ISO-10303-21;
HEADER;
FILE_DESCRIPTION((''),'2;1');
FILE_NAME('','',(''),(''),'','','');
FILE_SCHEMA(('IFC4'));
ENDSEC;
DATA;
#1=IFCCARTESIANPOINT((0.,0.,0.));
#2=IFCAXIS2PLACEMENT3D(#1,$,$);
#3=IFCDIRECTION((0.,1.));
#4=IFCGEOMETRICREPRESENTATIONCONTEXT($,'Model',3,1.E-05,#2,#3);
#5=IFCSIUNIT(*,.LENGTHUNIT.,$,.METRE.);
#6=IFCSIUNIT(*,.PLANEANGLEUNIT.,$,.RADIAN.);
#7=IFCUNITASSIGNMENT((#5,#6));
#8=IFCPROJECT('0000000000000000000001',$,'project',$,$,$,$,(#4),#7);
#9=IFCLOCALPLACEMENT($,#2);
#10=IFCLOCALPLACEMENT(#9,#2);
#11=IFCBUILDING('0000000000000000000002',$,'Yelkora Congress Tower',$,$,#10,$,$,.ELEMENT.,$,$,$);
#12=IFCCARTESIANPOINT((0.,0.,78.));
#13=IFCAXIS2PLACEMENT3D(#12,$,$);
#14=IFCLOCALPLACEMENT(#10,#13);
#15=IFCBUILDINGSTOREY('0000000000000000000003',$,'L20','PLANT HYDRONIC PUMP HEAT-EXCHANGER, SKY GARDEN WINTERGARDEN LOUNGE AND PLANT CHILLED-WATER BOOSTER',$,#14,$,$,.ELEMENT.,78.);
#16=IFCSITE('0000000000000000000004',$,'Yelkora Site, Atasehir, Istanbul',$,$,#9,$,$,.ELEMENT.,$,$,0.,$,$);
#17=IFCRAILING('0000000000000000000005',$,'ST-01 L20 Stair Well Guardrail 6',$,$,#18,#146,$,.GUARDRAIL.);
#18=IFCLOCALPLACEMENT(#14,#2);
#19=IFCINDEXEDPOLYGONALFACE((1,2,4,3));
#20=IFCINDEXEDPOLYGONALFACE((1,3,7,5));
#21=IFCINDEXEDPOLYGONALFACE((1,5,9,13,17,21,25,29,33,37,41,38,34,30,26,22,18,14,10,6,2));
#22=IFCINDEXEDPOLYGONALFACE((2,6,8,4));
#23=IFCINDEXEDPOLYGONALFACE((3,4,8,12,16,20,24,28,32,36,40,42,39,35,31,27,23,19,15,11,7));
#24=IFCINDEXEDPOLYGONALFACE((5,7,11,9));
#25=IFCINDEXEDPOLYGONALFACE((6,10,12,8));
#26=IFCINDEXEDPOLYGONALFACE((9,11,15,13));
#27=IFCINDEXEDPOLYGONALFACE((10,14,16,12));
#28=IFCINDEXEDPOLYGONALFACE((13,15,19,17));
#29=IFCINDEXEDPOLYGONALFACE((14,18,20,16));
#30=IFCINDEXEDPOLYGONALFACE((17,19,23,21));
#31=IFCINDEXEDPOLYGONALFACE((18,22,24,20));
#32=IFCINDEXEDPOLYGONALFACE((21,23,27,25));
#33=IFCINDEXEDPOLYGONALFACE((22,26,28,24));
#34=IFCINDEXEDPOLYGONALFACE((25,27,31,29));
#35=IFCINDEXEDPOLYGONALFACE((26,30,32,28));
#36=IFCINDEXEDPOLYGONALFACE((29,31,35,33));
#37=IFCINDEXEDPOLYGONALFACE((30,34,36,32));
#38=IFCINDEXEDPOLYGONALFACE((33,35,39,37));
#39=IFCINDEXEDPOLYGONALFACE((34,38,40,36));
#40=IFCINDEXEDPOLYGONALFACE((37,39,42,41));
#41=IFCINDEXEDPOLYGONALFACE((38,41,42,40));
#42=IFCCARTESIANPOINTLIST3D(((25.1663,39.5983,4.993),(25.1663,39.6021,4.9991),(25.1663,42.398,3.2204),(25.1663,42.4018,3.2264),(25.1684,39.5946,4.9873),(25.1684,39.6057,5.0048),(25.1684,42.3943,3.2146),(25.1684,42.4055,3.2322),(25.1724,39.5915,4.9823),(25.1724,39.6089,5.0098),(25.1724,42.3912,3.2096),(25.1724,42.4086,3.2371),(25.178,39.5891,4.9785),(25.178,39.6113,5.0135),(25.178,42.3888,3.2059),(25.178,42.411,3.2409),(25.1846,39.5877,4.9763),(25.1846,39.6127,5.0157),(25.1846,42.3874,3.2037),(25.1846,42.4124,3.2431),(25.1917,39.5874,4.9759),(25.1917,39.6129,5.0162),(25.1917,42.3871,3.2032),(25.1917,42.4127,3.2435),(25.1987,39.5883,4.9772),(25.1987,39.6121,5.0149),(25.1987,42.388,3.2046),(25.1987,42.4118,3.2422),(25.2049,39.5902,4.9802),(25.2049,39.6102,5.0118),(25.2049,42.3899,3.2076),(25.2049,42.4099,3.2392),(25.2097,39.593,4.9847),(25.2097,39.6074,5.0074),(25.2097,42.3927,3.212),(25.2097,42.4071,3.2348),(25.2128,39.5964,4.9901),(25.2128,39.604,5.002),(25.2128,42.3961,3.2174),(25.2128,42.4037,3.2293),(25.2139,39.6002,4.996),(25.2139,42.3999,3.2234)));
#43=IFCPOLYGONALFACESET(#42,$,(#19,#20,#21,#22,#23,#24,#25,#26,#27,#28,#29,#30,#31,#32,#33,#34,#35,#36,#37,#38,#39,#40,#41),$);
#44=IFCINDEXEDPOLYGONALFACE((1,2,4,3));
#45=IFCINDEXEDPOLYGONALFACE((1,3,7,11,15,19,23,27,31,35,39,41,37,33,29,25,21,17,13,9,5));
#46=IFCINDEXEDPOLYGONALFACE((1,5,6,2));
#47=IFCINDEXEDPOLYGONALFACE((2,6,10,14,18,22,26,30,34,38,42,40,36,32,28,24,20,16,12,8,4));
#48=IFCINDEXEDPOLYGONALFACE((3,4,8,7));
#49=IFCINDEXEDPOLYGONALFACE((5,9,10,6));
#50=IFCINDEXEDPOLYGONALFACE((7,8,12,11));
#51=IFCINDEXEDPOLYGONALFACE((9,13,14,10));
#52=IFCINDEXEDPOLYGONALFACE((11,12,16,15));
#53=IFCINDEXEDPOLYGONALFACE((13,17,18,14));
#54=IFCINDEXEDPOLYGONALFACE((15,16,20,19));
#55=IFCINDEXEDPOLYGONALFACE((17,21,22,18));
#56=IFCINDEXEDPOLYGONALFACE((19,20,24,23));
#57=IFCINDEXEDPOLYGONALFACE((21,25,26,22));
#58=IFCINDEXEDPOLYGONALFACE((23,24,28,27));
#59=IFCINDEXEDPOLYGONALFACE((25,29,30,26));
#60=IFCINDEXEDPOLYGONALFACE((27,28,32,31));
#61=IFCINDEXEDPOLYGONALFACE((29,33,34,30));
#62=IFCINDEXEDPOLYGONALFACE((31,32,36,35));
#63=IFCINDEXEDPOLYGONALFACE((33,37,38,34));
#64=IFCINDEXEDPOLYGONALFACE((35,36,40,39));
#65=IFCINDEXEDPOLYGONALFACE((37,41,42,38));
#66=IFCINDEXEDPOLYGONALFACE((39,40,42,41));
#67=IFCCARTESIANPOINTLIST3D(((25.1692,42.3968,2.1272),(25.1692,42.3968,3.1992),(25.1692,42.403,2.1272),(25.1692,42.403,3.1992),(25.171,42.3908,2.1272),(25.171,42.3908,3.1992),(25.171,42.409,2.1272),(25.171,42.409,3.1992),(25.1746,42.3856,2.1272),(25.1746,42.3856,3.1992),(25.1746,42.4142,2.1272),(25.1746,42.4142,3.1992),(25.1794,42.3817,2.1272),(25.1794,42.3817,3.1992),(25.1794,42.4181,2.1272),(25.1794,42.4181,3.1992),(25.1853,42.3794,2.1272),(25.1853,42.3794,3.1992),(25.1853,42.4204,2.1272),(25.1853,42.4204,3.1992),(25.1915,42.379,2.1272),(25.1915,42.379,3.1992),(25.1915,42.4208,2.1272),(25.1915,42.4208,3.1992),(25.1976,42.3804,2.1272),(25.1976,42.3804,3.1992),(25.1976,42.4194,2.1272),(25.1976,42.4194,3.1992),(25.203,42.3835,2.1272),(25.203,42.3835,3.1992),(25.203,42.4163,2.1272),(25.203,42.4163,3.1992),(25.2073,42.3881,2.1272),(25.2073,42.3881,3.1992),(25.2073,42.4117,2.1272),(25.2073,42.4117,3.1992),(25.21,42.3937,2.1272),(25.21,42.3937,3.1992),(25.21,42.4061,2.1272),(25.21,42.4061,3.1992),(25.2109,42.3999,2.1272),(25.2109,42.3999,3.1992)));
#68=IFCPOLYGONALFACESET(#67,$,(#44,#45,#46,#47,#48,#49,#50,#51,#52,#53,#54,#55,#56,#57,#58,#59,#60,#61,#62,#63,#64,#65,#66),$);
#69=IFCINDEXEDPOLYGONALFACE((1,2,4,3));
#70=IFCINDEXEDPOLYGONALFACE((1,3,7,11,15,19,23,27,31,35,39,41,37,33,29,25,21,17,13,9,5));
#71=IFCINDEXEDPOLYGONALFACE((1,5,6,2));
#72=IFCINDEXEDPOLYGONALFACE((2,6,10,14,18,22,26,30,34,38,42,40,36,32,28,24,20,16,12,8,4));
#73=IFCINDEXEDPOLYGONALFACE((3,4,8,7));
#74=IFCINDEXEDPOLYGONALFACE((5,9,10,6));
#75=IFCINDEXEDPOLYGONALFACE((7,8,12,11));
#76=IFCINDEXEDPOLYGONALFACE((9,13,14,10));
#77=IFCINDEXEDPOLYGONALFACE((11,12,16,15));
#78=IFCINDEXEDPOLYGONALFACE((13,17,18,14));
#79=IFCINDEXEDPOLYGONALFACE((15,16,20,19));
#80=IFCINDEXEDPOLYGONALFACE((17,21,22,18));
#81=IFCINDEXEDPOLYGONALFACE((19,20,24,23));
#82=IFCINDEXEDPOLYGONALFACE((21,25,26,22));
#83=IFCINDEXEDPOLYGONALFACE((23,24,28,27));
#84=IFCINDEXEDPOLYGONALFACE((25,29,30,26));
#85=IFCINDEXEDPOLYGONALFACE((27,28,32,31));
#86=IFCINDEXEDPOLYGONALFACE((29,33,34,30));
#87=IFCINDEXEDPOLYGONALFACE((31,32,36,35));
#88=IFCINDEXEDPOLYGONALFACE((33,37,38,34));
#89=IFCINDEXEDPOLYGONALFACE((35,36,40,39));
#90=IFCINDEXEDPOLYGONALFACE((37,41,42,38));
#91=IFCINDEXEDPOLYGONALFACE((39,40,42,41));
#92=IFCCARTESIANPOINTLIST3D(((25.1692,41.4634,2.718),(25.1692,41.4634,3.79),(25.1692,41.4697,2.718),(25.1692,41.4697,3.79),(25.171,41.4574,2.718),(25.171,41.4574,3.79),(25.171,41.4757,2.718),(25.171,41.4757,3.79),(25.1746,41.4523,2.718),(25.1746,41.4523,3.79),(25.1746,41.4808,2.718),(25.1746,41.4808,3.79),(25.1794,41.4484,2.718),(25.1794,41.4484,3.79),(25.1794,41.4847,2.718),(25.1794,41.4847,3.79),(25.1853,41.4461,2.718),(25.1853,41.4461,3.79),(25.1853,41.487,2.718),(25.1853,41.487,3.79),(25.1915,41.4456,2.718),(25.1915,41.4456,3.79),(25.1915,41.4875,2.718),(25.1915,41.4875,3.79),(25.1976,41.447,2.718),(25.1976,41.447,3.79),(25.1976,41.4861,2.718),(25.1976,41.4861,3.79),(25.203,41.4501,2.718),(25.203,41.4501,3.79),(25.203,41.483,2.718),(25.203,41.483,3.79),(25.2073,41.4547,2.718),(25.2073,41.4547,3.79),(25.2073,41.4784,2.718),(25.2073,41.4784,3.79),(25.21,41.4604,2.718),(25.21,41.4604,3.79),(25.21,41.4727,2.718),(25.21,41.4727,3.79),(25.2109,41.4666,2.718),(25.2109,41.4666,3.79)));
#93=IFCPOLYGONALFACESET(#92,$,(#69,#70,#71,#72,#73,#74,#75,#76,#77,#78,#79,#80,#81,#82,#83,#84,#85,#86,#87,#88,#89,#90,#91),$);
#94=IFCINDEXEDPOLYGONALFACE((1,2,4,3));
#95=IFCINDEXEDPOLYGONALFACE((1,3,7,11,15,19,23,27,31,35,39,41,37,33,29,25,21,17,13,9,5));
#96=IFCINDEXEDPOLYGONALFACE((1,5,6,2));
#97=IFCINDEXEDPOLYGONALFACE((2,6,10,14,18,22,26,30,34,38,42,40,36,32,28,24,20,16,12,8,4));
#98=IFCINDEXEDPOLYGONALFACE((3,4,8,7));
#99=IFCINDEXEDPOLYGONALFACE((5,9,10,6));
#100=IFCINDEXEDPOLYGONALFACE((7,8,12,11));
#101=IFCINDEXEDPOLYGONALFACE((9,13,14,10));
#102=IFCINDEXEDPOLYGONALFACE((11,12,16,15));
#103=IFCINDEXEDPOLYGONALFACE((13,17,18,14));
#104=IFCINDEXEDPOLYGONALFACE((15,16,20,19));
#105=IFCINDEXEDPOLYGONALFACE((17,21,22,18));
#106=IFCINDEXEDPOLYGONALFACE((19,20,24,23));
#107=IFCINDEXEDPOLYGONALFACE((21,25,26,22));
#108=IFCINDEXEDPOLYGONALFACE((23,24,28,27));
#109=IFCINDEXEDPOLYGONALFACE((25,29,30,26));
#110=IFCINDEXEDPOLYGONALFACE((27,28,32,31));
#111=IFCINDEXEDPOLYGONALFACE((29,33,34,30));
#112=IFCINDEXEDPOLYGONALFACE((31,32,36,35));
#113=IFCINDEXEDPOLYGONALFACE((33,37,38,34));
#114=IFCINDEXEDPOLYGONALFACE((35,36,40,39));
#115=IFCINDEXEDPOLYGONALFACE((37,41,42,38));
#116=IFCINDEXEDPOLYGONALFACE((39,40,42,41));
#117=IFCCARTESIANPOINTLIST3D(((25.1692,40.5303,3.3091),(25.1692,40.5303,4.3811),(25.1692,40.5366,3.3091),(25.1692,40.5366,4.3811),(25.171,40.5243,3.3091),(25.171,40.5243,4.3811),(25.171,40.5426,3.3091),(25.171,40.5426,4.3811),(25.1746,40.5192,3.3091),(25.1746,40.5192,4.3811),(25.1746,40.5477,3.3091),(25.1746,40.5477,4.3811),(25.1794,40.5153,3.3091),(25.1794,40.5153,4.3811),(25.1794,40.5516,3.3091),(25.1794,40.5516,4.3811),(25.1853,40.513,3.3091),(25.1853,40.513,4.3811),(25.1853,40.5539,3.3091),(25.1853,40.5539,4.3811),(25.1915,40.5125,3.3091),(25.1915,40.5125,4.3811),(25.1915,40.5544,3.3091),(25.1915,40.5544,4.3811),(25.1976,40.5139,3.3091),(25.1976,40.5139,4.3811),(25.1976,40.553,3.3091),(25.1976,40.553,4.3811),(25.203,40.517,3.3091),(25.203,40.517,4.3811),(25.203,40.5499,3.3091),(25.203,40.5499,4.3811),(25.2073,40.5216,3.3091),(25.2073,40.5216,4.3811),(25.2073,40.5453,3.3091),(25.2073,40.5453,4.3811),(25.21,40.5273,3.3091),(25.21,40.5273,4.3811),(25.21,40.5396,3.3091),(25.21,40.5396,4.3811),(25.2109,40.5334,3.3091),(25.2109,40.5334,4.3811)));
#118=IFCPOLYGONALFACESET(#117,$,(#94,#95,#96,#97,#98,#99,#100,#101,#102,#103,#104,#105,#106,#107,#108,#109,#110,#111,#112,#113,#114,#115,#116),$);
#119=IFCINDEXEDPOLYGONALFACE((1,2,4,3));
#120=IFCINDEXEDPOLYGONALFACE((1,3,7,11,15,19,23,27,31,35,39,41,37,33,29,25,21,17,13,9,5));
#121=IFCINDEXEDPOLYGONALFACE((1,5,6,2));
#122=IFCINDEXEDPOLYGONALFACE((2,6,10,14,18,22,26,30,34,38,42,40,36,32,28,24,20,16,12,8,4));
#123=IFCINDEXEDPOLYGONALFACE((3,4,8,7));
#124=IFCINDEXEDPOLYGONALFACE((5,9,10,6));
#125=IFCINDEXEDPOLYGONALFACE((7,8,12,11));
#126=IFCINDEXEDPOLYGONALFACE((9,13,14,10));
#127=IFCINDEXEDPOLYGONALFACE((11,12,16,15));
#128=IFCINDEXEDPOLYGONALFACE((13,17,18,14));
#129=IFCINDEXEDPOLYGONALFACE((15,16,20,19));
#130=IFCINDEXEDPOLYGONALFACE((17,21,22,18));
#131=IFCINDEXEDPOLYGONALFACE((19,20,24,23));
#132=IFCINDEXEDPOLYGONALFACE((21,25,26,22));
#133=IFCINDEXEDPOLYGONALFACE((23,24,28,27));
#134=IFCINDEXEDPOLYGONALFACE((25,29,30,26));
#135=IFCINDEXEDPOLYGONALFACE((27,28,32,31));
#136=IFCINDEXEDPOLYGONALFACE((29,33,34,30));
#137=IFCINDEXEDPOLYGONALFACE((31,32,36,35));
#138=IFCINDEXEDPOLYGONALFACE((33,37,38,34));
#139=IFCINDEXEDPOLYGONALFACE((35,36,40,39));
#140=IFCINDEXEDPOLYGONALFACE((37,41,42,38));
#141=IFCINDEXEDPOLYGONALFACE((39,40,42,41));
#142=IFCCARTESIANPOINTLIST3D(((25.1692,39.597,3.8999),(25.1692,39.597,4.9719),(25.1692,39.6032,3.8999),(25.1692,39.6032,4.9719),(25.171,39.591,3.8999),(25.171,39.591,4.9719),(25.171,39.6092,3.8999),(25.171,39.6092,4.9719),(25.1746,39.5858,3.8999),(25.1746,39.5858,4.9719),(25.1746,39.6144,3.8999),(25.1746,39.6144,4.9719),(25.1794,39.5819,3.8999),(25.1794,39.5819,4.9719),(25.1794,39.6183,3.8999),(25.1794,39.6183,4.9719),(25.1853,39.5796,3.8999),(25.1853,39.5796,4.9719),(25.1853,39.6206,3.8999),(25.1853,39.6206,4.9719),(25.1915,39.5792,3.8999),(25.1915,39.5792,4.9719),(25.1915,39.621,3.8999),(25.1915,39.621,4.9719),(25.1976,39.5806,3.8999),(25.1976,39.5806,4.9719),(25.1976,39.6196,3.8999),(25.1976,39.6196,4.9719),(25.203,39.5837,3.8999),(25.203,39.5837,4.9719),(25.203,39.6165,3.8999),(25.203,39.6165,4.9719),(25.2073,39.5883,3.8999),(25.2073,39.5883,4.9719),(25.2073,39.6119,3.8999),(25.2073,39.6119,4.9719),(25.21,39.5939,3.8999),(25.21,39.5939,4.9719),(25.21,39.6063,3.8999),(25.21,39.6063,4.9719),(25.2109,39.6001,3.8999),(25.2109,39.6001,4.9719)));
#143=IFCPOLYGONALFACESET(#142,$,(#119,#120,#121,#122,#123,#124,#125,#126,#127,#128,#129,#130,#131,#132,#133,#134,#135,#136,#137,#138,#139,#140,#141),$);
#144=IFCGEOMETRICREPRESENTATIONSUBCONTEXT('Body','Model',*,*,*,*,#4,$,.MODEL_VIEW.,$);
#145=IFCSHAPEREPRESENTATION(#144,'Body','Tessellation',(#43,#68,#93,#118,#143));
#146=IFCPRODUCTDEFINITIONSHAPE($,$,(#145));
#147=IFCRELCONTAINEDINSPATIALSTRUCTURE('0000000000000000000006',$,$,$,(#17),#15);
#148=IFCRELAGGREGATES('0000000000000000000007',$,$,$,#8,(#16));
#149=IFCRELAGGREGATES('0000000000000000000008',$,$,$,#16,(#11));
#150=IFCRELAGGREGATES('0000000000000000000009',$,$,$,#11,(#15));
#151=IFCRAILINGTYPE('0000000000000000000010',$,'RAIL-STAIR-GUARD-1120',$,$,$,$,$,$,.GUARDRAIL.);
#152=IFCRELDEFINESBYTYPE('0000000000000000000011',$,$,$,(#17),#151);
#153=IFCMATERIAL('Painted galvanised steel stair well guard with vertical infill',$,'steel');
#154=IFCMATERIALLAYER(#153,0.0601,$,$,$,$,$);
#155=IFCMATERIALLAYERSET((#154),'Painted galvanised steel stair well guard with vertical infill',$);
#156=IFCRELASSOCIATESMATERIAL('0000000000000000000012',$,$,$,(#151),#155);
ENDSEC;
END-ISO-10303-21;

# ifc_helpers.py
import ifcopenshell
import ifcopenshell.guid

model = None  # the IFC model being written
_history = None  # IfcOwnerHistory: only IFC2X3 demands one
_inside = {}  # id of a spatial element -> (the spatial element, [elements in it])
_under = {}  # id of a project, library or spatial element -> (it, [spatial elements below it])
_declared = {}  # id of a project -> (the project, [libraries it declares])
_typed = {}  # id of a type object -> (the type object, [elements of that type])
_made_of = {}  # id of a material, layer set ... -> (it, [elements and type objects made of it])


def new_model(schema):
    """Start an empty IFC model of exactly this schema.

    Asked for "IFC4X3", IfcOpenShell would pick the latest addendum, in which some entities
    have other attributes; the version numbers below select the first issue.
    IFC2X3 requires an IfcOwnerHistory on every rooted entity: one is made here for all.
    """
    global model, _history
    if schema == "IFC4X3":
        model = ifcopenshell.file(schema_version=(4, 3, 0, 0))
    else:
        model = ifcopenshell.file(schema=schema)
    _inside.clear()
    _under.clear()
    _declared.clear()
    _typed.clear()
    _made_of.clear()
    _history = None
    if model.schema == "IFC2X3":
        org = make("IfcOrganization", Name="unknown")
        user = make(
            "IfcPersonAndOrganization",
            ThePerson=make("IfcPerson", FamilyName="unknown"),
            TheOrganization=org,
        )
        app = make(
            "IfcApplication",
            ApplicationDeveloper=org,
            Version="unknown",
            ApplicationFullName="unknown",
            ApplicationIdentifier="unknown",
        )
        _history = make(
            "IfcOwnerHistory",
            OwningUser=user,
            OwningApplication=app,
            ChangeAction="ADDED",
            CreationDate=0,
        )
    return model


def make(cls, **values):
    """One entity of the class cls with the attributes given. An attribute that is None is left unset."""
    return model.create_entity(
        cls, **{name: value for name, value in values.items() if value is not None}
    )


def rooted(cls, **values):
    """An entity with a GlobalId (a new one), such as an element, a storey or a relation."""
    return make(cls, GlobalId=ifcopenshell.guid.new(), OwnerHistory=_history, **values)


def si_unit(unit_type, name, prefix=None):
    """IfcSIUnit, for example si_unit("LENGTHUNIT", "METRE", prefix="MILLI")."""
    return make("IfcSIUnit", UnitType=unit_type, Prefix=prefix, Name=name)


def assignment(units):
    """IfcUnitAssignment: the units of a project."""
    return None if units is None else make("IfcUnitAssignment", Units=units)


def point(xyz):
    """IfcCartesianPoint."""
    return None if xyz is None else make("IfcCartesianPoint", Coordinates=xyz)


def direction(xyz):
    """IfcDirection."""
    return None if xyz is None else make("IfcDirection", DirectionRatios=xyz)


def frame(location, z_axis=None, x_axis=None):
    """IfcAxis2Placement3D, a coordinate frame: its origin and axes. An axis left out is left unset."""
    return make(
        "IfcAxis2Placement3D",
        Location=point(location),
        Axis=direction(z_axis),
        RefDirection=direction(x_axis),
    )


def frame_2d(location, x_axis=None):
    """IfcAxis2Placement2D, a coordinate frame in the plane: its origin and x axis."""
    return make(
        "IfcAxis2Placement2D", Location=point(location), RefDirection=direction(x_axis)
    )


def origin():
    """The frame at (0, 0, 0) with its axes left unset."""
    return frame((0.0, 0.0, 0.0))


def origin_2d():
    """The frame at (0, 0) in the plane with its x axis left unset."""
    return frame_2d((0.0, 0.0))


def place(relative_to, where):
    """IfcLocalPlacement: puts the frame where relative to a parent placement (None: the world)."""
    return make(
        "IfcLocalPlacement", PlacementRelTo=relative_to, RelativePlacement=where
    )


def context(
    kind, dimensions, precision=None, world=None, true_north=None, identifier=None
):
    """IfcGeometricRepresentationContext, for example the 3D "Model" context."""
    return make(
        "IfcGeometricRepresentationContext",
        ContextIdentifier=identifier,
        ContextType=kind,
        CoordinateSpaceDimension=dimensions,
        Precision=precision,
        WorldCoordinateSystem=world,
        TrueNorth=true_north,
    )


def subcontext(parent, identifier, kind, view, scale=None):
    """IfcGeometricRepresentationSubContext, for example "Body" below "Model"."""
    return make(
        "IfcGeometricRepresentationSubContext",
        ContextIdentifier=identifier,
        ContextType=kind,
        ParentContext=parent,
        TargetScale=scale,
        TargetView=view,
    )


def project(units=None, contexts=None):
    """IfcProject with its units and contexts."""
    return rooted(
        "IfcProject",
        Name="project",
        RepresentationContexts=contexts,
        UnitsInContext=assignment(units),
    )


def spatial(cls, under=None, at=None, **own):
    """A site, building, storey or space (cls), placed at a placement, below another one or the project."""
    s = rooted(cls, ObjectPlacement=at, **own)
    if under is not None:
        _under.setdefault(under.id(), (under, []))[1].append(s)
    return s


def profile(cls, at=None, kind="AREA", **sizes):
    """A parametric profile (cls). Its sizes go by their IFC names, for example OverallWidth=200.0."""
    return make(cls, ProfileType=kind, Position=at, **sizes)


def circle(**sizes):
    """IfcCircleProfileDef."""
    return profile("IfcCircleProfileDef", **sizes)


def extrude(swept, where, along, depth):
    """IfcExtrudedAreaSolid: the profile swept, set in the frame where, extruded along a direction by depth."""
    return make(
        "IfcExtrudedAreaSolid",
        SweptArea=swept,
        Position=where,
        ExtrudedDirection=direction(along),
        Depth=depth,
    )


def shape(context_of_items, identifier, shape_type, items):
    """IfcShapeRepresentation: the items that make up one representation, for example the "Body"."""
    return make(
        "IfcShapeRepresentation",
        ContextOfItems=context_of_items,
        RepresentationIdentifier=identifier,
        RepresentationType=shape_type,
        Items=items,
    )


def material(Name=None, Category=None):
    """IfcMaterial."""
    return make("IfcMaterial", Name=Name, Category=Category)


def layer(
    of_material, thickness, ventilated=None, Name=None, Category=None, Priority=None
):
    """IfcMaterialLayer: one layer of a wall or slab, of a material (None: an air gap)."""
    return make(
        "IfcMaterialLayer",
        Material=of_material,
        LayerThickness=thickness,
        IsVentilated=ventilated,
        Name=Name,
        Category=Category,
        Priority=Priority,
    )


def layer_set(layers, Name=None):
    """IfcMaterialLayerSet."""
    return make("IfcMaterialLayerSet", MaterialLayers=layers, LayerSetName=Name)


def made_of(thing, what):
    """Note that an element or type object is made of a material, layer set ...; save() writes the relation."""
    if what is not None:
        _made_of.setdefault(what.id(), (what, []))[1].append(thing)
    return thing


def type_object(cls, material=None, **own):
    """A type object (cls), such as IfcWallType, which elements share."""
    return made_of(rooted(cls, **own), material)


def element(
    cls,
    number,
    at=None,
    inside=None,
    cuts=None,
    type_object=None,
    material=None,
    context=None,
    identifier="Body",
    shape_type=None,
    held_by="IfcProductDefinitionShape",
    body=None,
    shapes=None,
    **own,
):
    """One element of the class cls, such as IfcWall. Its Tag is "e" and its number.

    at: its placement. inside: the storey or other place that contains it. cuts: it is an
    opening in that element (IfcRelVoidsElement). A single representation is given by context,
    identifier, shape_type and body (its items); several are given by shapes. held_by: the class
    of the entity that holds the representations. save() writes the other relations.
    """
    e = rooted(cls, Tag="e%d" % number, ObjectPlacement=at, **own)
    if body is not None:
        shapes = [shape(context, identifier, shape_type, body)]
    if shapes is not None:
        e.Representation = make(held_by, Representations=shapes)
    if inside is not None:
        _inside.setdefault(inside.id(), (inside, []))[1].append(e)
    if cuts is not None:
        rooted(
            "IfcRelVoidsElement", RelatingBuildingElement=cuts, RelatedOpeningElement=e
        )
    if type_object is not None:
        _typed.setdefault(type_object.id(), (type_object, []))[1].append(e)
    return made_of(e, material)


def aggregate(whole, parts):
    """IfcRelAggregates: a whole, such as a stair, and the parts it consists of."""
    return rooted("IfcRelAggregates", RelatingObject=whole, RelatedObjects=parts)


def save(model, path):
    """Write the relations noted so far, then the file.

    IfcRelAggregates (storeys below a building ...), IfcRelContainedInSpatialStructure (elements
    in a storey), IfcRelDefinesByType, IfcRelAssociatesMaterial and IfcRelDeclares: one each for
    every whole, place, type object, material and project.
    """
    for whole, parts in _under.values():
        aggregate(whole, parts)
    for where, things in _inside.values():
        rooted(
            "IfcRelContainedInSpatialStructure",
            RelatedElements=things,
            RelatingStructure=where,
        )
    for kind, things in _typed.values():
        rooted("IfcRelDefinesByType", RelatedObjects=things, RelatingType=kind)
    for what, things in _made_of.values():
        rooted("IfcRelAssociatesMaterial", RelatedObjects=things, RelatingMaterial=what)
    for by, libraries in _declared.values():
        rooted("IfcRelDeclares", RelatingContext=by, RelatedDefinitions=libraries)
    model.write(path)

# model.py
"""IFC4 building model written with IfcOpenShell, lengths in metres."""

from ifc_helpers import new_model, si_unit, direction, frame, origin, origin_2d, place, context, subcontext, project, spatial, circle, extrude, material, layer, layer_set, type_object, element, save


model = new_model("IFC4")

# Units and contexts
model_context = context("Model", 3, precision=1e-05, world=origin(), true_north=direction((0.0, 1.0)))
body_context = subcontext(model_context, "Body", "Model", "MODEL_VIEW")
ifc_project = project(units=[si_unit("LENGTHUNIT", "METRE"), si_unit("PLANEANGLEUNIT", "RADIAN")], contexts=[model_context])

# Site, building, storey
site_placement = place(None, origin())
site = spatial("IfcSite", under=ifc_project, at=site_placement, Name="Yelkora Site, Atasehir, Istanbul", CompositionType="ELEMENT", RefElevation=0.0)
building_placement = place(site_placement, origin())
building = spatial("IfcBuilding", under=site, at=building_placement, Name="Yelkora Congress Tower", CompositionType="ELEMENT")
storey_placement = place(building_placement, frame((0.0, 0.0, 78.0)))
storey = spatial("IfcBuildingStorey", under=building, at=storey_placement, Name="L20", Description="PLANT HYDRONIC PUMP HEAT-EXCHANGER, SKY GARDEN WINTERGARDEN LOUNGE AND PLANT CHILLED-WATER BOOSTER", CompositionType="ELEMENT", Elevation=78.0)

# Railing
ifc_material_1 = material(Name="Painted galvanised steel stair well guard with vertical infill", Category="steel")
ifc_layer_1 = layer(ifc_material_1, 0.0601)
ifc_layer_set_1 = layer_set([ifc_layer_1], Name="Painted galvanised steel stair well guard with vertical infill")
railing_type_1 = type_object("IfcRailingType", Name="RAIL-STAIR-GUARD-1120", PredefinedType="GUARDRAIL", material=ifc_layer_set_1)
railing_1_placement = place(storey_placement, frame((25.1899, 42.3999, 2.1272)))
element("IfcRailing", 1, at=railing_1_placement, inside=storey, type_object=railing_type_1, Name="ST-01 L20 Stair Well Guardrail 6", PredefinedType="GUARDRAIL", context=body_context, shape_type="SweptSolid", body=[
    extrude(circle(Radius=0.0239, at=origin_2d()), frame((0.0, 0.0, 1.0962), z_axis=(0.0, -0.844888, 0.534943), x_axis=(1.0, 0.0, 0.0)), (0.0, 0.0, 1.0), 3.3137),
    extrude(circle(Radius=0.021, at=origin_2d()), origin(), (0.0, 0.0, 1.0), 1.072),
    extrude(circle(Radius=0.021, at=origin_2d()), frame((0.0, -0.9333, 0.5908)), (0.0, 0.0, 1.0), 1.072),
    extrude(circle(Radius=0.021, at=origin_2d()), frame((0.0, -1.8665, 1.1819)), (0.0, 0.0, 1.0), 1.072),
    extrude(circle(Radius=0.021, at=origin_2d()), frame((0.0, -2.7998, 1.7727)), (0.0, 0.0, 1.0), 1.072),
])

save(model, "model.ifc")
